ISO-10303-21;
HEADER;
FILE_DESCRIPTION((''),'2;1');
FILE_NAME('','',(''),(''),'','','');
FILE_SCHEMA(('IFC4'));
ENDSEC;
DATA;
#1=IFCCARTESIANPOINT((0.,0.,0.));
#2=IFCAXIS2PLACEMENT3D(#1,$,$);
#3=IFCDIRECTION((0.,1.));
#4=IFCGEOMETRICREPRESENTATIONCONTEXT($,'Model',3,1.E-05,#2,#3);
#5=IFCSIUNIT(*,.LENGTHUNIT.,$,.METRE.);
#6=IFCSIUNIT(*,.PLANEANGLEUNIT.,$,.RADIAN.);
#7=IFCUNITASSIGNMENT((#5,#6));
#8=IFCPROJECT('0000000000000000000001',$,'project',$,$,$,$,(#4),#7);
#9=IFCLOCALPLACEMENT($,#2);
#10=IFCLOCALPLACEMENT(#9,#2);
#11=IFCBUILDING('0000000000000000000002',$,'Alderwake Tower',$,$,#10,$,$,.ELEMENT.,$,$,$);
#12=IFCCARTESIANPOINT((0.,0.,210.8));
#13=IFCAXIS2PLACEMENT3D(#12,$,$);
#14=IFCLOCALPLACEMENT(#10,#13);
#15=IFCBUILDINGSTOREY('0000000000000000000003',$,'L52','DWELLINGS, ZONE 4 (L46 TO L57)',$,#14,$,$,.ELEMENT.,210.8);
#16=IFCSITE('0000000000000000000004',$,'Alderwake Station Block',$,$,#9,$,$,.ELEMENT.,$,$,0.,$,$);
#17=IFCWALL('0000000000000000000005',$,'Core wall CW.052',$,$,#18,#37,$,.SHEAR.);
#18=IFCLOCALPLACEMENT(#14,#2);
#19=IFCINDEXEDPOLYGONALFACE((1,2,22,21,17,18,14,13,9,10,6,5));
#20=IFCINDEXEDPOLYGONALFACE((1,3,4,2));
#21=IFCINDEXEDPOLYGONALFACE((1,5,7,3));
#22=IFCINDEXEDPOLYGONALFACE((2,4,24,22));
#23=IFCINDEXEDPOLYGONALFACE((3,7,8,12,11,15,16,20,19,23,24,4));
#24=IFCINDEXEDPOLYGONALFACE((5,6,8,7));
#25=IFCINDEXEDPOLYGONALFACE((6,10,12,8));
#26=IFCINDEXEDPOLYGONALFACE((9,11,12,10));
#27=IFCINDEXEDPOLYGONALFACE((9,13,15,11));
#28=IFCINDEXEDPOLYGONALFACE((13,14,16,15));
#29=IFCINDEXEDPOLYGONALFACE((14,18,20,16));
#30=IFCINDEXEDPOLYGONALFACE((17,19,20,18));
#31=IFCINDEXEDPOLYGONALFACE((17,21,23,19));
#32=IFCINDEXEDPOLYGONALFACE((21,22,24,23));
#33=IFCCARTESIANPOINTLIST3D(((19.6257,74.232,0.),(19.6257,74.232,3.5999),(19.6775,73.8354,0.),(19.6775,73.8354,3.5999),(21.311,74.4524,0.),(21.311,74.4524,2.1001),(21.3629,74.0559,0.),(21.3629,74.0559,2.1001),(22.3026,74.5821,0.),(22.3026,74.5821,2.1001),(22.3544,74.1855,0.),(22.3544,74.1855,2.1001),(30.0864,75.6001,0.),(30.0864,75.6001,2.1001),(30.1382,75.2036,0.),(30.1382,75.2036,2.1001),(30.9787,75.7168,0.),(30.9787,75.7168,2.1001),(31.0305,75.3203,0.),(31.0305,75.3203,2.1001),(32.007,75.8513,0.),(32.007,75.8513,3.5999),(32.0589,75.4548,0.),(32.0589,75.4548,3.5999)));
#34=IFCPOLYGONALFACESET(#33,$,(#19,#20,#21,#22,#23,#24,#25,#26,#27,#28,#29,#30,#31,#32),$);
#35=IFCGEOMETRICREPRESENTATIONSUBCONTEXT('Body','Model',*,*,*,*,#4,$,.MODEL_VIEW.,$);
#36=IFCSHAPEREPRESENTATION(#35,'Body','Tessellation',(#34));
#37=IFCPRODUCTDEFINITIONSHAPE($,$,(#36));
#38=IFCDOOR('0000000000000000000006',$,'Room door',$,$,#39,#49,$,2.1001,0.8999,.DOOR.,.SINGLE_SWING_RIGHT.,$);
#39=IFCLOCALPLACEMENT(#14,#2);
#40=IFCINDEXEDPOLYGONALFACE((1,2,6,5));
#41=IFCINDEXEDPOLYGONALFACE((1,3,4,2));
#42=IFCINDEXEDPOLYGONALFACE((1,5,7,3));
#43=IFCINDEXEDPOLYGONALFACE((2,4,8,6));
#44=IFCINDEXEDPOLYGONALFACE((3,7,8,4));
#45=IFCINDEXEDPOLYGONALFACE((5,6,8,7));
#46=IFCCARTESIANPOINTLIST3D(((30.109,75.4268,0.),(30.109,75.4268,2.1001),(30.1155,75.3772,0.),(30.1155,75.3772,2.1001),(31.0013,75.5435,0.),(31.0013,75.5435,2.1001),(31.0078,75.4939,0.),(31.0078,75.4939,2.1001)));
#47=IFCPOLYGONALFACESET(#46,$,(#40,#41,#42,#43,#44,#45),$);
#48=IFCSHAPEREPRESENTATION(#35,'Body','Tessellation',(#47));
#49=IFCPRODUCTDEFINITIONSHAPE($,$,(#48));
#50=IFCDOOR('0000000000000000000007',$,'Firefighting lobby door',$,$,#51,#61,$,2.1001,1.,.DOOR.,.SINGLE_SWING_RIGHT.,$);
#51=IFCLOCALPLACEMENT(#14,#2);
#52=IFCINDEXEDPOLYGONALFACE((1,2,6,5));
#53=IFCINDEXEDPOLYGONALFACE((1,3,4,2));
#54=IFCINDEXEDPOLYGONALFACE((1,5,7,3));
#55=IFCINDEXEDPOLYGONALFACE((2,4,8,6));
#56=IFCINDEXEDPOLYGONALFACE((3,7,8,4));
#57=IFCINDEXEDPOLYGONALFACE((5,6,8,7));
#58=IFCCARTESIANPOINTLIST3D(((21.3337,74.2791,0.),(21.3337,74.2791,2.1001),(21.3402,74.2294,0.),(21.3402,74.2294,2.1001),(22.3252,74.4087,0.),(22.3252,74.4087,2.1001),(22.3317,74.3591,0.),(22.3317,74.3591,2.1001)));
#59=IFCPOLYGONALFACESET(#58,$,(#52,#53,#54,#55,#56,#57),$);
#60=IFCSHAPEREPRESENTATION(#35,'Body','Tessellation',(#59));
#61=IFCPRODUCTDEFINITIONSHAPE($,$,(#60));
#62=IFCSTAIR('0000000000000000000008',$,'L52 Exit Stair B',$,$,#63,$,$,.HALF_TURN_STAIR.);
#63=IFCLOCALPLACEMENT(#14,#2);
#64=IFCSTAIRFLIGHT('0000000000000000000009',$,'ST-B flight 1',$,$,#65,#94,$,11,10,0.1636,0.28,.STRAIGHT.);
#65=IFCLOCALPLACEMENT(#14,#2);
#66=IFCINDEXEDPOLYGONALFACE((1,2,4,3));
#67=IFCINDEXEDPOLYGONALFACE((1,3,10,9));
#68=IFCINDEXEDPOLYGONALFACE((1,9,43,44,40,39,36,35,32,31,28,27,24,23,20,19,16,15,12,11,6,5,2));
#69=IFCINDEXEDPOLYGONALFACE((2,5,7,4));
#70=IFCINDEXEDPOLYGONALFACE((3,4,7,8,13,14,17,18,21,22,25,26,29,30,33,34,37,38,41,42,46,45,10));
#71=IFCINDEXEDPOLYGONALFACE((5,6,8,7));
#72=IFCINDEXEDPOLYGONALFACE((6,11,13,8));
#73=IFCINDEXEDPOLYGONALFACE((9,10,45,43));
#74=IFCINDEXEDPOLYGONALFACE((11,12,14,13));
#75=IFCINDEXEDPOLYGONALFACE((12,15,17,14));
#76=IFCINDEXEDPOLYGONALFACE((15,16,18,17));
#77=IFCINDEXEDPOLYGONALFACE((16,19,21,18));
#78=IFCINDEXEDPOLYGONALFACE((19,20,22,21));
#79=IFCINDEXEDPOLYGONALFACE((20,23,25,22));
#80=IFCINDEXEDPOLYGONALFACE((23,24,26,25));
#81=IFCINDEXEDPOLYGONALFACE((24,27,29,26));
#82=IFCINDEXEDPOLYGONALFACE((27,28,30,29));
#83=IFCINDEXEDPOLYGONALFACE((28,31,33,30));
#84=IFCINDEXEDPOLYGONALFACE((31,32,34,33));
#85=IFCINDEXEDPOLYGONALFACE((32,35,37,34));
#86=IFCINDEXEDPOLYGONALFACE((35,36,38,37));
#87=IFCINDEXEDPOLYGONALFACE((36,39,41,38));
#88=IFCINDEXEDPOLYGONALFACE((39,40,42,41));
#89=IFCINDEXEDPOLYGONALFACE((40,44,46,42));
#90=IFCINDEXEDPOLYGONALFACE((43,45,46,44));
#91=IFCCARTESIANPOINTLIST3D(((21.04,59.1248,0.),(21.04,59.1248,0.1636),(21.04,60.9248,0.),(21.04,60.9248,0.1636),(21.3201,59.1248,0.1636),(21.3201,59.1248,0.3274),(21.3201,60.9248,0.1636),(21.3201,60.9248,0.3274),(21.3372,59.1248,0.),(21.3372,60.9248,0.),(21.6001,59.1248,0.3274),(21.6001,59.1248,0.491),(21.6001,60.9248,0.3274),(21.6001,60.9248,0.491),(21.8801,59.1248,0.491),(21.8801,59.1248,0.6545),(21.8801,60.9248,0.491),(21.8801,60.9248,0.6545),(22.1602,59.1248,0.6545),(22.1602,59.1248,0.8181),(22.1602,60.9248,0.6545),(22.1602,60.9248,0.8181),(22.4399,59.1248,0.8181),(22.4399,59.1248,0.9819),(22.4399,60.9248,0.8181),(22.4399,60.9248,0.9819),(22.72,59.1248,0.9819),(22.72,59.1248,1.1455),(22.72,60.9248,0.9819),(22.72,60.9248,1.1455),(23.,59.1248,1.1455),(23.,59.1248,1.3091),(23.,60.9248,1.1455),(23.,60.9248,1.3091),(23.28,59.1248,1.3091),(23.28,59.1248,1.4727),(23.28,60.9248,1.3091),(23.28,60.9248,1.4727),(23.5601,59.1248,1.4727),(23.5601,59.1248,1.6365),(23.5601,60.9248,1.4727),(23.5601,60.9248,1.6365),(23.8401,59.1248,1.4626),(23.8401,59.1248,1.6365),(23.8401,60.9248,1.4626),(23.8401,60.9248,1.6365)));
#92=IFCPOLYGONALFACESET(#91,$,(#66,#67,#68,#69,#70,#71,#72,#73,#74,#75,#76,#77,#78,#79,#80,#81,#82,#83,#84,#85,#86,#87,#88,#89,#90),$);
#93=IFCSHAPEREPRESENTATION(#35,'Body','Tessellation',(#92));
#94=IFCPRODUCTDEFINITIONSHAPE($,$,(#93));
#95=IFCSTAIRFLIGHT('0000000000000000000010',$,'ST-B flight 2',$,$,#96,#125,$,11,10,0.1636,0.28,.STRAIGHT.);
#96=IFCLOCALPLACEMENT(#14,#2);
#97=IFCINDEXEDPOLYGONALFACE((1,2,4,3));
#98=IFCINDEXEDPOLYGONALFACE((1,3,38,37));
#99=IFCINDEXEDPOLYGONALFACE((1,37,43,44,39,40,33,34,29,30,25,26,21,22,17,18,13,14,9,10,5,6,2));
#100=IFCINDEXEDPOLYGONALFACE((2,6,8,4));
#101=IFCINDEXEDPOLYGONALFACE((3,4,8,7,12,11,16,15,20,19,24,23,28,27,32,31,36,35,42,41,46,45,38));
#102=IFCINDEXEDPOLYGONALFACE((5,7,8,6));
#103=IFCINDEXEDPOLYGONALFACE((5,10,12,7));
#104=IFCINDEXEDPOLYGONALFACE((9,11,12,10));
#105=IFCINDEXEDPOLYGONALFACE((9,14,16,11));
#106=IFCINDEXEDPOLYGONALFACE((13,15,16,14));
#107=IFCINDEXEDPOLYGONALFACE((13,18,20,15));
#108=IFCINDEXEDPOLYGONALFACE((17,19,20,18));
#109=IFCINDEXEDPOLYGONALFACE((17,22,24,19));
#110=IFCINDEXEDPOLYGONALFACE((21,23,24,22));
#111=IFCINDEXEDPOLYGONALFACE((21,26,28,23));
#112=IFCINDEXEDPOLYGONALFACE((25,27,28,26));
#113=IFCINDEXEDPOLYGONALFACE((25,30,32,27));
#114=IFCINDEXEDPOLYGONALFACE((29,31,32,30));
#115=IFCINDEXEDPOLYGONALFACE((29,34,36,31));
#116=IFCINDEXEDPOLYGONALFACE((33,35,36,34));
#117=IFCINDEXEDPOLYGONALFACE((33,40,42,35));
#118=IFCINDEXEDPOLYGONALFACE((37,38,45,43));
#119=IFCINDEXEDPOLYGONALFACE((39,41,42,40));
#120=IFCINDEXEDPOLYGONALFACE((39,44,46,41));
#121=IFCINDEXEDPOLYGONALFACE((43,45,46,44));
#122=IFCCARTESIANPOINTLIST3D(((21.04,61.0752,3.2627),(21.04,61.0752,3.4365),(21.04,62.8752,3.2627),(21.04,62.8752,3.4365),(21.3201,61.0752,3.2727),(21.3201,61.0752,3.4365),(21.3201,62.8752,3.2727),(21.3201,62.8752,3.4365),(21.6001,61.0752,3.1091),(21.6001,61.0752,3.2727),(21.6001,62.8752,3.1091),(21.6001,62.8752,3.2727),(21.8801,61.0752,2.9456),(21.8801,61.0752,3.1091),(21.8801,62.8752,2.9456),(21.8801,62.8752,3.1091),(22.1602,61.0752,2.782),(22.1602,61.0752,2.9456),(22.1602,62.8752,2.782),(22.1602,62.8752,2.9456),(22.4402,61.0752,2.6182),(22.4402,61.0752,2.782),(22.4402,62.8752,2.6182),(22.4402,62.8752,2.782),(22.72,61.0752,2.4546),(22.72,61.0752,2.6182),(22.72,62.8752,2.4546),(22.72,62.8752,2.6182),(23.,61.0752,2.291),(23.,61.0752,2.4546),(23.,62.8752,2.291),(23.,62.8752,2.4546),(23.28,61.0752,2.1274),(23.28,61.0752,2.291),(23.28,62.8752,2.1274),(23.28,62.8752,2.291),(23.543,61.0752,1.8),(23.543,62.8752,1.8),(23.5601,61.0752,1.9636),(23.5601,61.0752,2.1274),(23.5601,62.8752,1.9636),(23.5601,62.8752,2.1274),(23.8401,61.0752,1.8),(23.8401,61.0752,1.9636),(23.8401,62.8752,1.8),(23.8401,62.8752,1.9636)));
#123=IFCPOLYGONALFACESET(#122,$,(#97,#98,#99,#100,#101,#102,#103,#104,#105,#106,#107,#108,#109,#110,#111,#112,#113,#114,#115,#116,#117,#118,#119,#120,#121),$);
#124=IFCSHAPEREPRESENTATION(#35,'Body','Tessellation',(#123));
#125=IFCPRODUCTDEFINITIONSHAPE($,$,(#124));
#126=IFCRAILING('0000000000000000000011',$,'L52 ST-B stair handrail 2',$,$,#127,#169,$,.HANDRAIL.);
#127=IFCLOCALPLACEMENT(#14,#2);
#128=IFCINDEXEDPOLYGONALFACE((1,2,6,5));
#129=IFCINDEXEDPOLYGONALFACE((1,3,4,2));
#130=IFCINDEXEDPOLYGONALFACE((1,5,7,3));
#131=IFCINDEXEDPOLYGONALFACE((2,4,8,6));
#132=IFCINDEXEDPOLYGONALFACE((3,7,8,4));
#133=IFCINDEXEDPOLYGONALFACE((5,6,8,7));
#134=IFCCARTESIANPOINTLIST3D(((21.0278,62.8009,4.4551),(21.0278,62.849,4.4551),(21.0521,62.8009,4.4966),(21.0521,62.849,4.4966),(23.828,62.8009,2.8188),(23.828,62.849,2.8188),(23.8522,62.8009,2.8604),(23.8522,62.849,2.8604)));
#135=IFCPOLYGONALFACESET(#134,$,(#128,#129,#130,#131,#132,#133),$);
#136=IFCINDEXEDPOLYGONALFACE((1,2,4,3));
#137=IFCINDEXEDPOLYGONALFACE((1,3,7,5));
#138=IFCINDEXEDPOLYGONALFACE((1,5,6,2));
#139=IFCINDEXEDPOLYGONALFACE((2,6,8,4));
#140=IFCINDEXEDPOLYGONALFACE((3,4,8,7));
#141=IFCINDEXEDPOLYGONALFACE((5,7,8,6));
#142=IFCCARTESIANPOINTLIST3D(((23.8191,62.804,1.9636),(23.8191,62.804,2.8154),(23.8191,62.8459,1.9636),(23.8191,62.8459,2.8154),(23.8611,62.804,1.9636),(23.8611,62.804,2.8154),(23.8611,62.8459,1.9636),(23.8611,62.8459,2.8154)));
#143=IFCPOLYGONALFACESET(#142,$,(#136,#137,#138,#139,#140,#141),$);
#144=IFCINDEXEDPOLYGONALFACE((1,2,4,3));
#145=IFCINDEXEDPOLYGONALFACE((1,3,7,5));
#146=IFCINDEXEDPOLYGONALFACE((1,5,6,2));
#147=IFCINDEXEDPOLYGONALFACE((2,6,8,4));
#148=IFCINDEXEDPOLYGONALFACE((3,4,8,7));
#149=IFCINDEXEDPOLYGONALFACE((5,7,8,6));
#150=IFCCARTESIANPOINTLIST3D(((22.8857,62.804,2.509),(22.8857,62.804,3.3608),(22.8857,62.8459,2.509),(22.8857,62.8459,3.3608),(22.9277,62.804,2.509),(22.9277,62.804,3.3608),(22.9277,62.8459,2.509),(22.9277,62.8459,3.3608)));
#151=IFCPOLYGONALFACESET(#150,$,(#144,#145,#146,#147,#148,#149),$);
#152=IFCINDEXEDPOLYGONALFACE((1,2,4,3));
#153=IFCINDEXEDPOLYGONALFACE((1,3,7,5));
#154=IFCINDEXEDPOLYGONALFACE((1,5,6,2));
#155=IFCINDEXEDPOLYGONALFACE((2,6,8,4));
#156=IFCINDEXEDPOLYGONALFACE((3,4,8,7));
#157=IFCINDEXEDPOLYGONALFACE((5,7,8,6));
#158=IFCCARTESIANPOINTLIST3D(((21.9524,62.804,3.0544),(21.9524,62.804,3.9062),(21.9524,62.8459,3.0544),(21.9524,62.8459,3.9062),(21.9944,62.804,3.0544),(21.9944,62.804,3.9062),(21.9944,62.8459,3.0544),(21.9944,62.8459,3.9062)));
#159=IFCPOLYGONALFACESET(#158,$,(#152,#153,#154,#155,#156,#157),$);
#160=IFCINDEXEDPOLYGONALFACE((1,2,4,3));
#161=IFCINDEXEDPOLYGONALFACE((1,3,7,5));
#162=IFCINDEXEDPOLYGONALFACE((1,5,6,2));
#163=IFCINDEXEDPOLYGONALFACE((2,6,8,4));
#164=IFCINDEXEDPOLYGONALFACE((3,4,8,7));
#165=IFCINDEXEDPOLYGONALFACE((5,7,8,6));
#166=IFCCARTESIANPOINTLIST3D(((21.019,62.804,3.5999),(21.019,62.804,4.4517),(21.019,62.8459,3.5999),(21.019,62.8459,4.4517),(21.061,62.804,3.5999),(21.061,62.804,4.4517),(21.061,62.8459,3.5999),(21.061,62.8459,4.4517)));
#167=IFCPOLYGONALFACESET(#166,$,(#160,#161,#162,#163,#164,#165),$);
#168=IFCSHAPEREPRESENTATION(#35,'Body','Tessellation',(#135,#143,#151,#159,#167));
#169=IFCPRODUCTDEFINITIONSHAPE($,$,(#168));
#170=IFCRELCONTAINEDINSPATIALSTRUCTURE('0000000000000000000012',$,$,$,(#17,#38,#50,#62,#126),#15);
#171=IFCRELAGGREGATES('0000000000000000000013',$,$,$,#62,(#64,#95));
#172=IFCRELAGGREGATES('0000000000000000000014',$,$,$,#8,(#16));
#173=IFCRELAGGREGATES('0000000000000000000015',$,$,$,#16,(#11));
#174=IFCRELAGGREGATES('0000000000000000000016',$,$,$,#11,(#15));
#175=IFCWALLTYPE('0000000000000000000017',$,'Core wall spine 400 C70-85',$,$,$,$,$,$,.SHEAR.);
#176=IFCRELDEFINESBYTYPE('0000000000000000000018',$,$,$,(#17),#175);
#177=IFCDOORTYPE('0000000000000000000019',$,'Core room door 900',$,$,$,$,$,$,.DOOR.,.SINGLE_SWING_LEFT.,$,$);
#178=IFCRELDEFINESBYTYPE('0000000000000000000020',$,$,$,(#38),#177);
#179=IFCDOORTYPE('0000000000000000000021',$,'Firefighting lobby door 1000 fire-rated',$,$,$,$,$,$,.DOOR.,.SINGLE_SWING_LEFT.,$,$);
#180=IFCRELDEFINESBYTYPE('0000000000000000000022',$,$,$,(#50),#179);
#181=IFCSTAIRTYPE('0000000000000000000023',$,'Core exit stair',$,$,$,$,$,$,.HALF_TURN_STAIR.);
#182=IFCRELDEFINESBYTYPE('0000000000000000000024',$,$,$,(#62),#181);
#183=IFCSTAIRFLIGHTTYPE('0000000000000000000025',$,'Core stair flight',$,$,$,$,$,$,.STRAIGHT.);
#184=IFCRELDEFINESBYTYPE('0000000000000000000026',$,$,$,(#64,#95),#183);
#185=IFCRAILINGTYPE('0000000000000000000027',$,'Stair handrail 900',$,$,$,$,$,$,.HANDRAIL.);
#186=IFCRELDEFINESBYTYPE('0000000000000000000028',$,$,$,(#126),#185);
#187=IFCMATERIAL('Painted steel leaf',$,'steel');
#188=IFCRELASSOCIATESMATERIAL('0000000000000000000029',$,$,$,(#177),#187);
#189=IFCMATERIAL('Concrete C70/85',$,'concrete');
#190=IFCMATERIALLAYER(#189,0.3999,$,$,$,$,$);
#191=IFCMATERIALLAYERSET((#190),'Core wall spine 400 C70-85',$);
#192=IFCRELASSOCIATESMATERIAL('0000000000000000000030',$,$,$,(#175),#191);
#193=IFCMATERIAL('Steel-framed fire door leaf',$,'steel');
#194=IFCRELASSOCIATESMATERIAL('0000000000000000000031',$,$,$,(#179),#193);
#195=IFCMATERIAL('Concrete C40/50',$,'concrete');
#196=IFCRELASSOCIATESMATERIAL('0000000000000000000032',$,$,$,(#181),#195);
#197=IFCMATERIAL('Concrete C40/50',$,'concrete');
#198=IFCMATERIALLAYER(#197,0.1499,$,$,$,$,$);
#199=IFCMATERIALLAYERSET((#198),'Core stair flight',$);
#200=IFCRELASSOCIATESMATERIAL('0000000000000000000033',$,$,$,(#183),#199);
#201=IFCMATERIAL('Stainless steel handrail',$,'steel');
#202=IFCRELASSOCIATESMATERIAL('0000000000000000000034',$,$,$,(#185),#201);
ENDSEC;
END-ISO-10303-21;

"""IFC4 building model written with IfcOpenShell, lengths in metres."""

from ifc_helpers import new_model, si_unit, direction, frame, frame_2d, origin, origin_2d, place, context, subcontext, project, spatial, polyline, rectangle, outline, extrude, material, layer, layer_set, type_object, element, fill, aggregate, save


model = new_model("IFC4")

# Units and contexts
model_context = context("Model", 3, precision=1e-05, world=origin(), true_north=direction((0.0, 1.0)))
body_context = subcontext(model_context, "Body", "Model", "MODEL_VIEW")
ifc_project = project(units=[si_unit("LENGTHUNIT", "METRE"), si_unit("PLANEANGLEUNIT", "RADIAN")], contexts=[model_context])

# Site, building, storey
site_placement = place(None, origin())
site = spatial("IfcSite", under=ifc_project, at=site_placement, Name="Alderwake Station Block", CompositionType="ELEMENT", RefElevation=0.0)
building_placement = place(site_placement, origin())
building = spatial("IfcBuilding", under=site, at=building_placement, Name="Alderwake Tower", CompositionType="ELEMENT")
storey_placement = place(building_placement, frame((0.0, 0.0, 210.8)))
storey = spatial("IfcBuildingStorey", under=building, at=storey_placement, Name="L52", Description="DWELLINGS, ZONE 4 (L46 TO L57)", CompositionType="ELEMENT", Elevation=210.8)

# Shared definitions
ifc_material_1 = material(Name="Painted steel leaf", Category="steel")
door_type_1 = type_object("IfcDoorType", Name="Core room door 900", OperationType="SINGLE_SWING_LEFT", PredefinedType="DOOR", material=ifc_material_1)

# Shared definitions
ifc_material_2 = material(Name="Concrete C70/85", Category="concrete")
ifc_layer_1 = layer(ifc_material_2, 0.3999)
ifc_layer_set_1 = layer_set([ifc_layer_1], Name="Core wall spine 400 C70-85")
wall_type_1 = type_object("IfcWallType", Name="Core wall spine 400 C70-85", PredefinedType="SHEAR", material=ifc_layer_set_1)

# Wall, openings, doors
wall_1_placement = place(storey_placement, frame((32.033, 75.6531, 0.0), z_axis=(0.0, 0.0, 1.0), x_axis=(-0.991555, -0.129688, 0.0)))
wall_1 = element("IfcWall", 1, at=wall_1_placement, inside=storey, type_object=wall_type_1, Name="Core wall CW.052", PredefinedType="SHEAR", context=body_context, shape_type="SweptSolid", body=[
    extrude(rectangle(XDim=12.4868, YDim=0.3999, at=frame_2d((6.2434, 0.0))), origin(), (0.0, 0.0, 1.0), 3.5999),
])
opening_1_placement = place(wall_1_placement, frame((9.7871, 0.0, 0.0)))
opening_1 = element("IfcOpeningElement", 2, at=opening_1_placement, cuts=wall_1, PredefinedType="OPENING", context=body_context, shape_type="SweptSolid", body=[
    extrude(rectangle(XDim=1.0, YDim=2.1001, at=frame_2d((0.5, 1.05))), frame((0.0, 0.21, 0.0), z_axis=(0.0, -1.0, 0.0), x_axis=(1.0, 0.0, 0.0)), (0.0, 0.0, 1.0), 0.4199),
])
opening_2_placement = place(wall_1_placement, frame((1.0371, 0.0, 0.0)))
opening_2 = element("IfcOpeningElement", 3, at=opening_2_placement, cuts=wall_1, PredefinedType="OPENING", context=body_context, shape_type="SweptSolid", body=[
    extrude(rectangle(XDim=0.8999, YDim=2.1001, at=frame_2d((0.45, 1.05))), frame((0.0, 0.21, 0.0), z_axis=(0.0, -1.0, 0.0), x_axis=(1.0, 0.0, 0.0)), (0.0, 0.0, 1.0), 0.4199),
])
door_1_placement = place(opening_2_placement, origin())
door_1 = element("IfcDoor", 4, at=door_1_placement, inside=storey, type_object=door_type_1, Name="Room door", OperationType="SINGLE_SWING_RIGHT", OverallHeight=2.1001, OverallWidth=0.8999, PredefinedType="DOOR", context=body_context, shape_type="SweptSolid", body=[
    extrude(rectangle(XDim=0.8999, YDim=2.1001, at=frame_2d((0.45, 1.05))), frame((0.0, 0.0249, 0.0), z_axis=(0.0, -1.0, 0.0), x_axis=(1.0, 0.0, 0.0)), (0.0, 0.0, 1.0), 0.05),
])
fill(opening_2, door_1)
ifc_material_3 = material(Name="Steel-framed fire door leaf", Category="steel")
door_type_2 = type_object("IfcDoorType", Name="Firefighting lobby door 1000 fire-rated", OperationType="SINGLE_SWING_LEFT", PredefinedType="DOOR", material=ifc_material_3)
door_2_placement = place(opening_1_placement, origin())
door_2 = element("IfcDoor", 5, at=door_2_placement, inside=storey, type_object=door_type_2, Name="Firefighting lobby door", OperationType="SINGLE_SWING_RIGHT", OverallHeight=2.1001, OverallWidth=1.0, PredefinedType="DOOR", context=body_context, shape_type="SweptSolid", body=[
    extrude(rectangle(XDim=1.0, YDim=2.1001, at=frame_2d((0.5, 1.05))), frame((0.0, 0.0249, 0.0), z_axis=(0.0, -1.0, 0.0), x_axis=(1.0, 0.0, 0.0)), (0.0, 0.0, 1.0), 0.05),
])
fill(opening_1, door_2)

# Stair, stair flights
ifc_material_4 = material(Name="Concrete C40/50", Category="concrete")
stair_type = type_object("IfcStairType", Name="Core exit stair", PredefinedType="HALF_TURN_STAIR", material=ifc_material_4)
stair_placement = place(storey_placement, origin())
stair = element("IfcStair", 6, at=stair_placement, inside=storey, type_object=stair_type, Name="L52 Exit Stair B", PredefinedType="HALF_TURN_STAIR")
ifc_material_5 = material(Name="Concrete C40/50", Category="concrete")
ifc_layer_2 = layer(ifc_material_5, 0.1499)
ifc_layer_set_2 = layer_set([ifc_layer_2], Name="Core stair flight")
stair_flight_type = type_object("IfcStairFlightType", Name="Core stair flight", PredefinedType="STRAIGHT", material=ifc_layer_set_2)
stair_flight_1_placement = place(storey_placement, frame((21.04, 60.0249, 0.0), z_axis=(0.0, 0.0, 1.0), x_axis=(1.0, 0.0, 0.0)))
stair_flight_1 = element("IfcStairFlight", 7, at=stair_flight_1_placement, type_object=stair_flight_type, Name="ST-B flight 1", NumberOfRisers=11, NumberOfTreads=10, PredefinedType="STRAIGHT", RiserHeight=0.1636, TreadLength=0.28, context=body_context, shape_type="SweptSolid", body=[
    extrude(outline(polyline([(0.0, 0.0), (0.0, 0.1636), (0.28, 0.1636), (0.28, 0.3274), (0.5601, 0.3274), (0.5601, 0.491), (0.8401, 0.491), (0.8401, 0.6545), (1.1201, 0.6545), (1.1201, 0.8181), (1.3999, 0.8181), (1.3999, 0.9819), (1.6799, 0.9819), (1.6799, 1.1455), (1.96, 1.1455), (1.96, 1.3091), (2.24, 1.3091), (2.24, 1.4727), (2.52, 1.4727), (2.52, 1.6365), (2.8, 1.6365), (2.8, 1.8), (2.8, 1.4626), (0.2971, 0.0), (0.0, 0.0)])), frame((0.0, 0.8999, 0.0), z_axis=(0.0, -1.0, 0.0), x_axis=(1.0, 0.0, 0.0)), (0.0, 0.0, 1.0), 1.8),
])
stair_flight_2_placement = place(storey_placement, frame((23.8401, 61.9751, 1.8), z_axis=(0.0, 0.0, 1.0), x_axis=(-1.0, 0.0, 0.0)))
stair_flight_2 = element("IfcStairFlight", 8, at=stair_flight_2_placement, type_object=stair_flight_type, Name="ST-B flight 2", NumberOfRisers=11, NumberOfTreads=10, PredefinedType="STRAIGHT", RiserHeight=0.1636, TreadLength=0.28, context=body_context, shape_type="SweptSolid", body=[
    extrude(outline(polyline([(0.0, 0.0), (0.0, 0.1636), (0.28, 0.1636), (0.28, 0.3274), (0.5601, 0.3274), (0.5601, 0.491), (0.8401, 0.491), (0.8401, 0.6545), (1.1201, 0.6545), (1.1201, 0.8181), (1.3999, 0.8181), (1.3999, 0.9819), (1.6799, 0.9819), (1.6799, 1.1455), (1.96, 1.1455), (1.96, 1.3091), (2.24, 1.3091), (2.24, 1.4727), (2.52, 1.4727), (2.52, 1.6365), (2.8, 1.6365), (2.8, 1.8), (2.8, 1.4626), (0.2971, 0.0), (0.0, 0.0)])), frame((0.0, 0.8999, 0.0), z_axis=(0.0, -1.0, 0.0), x_axis=(1.0, 0.0, 0.0)), (0.0, 0.0, 1.0), 1.8),
])
aggregate(stair, [stair_flight_1, stair_flight_2])

# Railing
ifc_material_6 = material(Name="Stainless steel handrail", Category="steel")
railing_type = type_object("IfcRailingType", Name="Stair handrail 900", PredefinedType="HANDRAIL", material=ifc_material_6)
railing_placement = place(storey_placement, frame((23.8401, 62.825, 1.9636)))
element("IfcRailing", 9, at=railing_placement, inside=storey, type_object=railing_type, Name="L52 ST-B stair handrail 2", PredefinedType="HANDRAIL", context=body_context, shape_type="SweptSolid", body=[
    extrude(rectangle(XDim=0.0481, YDim=0.0481, at=origin_2d()), frame((0.0, 0.0, 0.876), z_axis=(-0.863394, 0.0, 0.504531), x_axis=(0.0, -1.0, 0.0)), (0.0, 0.0, 1.0), 3.2432),
    extrude(rectangle(XDim=0.042, YDim=0.042, at=origin_2d()), frame((0.0, 0.0, 0.0), z_axis=(0.0, 0.0, 1.0), x_axis=(-1.0, 0.0, 0.0)), (0.0, 0.0, 1.0), 0.8518),
    extrude(rectangle(XDim=0.042, YDim=0.042, at=origin_2d()), frame((-0.9333, 0.0, 0.5454), z_axis=(0.0, 0.0, 1.0), x_axis=(-1.0, 0.0, 0.0)), (0.0, 0.0, 1.0), 0.8518),
    extrude(rectangle(XDim=0.042, YDim=0.042, at=origin_2d()), frame((-1.8667, 0.0, 1.0908), z_axis=(0.0, 0.0, 1.0), x_axis=(-1.0, 0.0, 0.0)), (0.0, 0.0, 1.0), 0.8518),
    extrude(rectangle(XDim=0.042, YDim=0.042, at=origin_2d()), frame((-2.8, 0.0, 1.6362), z_axis=(0.0, 0.0, 1.0), x_axis=(-1.0, 0.0, 0.0)), (0.0, 0.0, 1.0), 0.8518),
])

save(model, "model.ifc")
